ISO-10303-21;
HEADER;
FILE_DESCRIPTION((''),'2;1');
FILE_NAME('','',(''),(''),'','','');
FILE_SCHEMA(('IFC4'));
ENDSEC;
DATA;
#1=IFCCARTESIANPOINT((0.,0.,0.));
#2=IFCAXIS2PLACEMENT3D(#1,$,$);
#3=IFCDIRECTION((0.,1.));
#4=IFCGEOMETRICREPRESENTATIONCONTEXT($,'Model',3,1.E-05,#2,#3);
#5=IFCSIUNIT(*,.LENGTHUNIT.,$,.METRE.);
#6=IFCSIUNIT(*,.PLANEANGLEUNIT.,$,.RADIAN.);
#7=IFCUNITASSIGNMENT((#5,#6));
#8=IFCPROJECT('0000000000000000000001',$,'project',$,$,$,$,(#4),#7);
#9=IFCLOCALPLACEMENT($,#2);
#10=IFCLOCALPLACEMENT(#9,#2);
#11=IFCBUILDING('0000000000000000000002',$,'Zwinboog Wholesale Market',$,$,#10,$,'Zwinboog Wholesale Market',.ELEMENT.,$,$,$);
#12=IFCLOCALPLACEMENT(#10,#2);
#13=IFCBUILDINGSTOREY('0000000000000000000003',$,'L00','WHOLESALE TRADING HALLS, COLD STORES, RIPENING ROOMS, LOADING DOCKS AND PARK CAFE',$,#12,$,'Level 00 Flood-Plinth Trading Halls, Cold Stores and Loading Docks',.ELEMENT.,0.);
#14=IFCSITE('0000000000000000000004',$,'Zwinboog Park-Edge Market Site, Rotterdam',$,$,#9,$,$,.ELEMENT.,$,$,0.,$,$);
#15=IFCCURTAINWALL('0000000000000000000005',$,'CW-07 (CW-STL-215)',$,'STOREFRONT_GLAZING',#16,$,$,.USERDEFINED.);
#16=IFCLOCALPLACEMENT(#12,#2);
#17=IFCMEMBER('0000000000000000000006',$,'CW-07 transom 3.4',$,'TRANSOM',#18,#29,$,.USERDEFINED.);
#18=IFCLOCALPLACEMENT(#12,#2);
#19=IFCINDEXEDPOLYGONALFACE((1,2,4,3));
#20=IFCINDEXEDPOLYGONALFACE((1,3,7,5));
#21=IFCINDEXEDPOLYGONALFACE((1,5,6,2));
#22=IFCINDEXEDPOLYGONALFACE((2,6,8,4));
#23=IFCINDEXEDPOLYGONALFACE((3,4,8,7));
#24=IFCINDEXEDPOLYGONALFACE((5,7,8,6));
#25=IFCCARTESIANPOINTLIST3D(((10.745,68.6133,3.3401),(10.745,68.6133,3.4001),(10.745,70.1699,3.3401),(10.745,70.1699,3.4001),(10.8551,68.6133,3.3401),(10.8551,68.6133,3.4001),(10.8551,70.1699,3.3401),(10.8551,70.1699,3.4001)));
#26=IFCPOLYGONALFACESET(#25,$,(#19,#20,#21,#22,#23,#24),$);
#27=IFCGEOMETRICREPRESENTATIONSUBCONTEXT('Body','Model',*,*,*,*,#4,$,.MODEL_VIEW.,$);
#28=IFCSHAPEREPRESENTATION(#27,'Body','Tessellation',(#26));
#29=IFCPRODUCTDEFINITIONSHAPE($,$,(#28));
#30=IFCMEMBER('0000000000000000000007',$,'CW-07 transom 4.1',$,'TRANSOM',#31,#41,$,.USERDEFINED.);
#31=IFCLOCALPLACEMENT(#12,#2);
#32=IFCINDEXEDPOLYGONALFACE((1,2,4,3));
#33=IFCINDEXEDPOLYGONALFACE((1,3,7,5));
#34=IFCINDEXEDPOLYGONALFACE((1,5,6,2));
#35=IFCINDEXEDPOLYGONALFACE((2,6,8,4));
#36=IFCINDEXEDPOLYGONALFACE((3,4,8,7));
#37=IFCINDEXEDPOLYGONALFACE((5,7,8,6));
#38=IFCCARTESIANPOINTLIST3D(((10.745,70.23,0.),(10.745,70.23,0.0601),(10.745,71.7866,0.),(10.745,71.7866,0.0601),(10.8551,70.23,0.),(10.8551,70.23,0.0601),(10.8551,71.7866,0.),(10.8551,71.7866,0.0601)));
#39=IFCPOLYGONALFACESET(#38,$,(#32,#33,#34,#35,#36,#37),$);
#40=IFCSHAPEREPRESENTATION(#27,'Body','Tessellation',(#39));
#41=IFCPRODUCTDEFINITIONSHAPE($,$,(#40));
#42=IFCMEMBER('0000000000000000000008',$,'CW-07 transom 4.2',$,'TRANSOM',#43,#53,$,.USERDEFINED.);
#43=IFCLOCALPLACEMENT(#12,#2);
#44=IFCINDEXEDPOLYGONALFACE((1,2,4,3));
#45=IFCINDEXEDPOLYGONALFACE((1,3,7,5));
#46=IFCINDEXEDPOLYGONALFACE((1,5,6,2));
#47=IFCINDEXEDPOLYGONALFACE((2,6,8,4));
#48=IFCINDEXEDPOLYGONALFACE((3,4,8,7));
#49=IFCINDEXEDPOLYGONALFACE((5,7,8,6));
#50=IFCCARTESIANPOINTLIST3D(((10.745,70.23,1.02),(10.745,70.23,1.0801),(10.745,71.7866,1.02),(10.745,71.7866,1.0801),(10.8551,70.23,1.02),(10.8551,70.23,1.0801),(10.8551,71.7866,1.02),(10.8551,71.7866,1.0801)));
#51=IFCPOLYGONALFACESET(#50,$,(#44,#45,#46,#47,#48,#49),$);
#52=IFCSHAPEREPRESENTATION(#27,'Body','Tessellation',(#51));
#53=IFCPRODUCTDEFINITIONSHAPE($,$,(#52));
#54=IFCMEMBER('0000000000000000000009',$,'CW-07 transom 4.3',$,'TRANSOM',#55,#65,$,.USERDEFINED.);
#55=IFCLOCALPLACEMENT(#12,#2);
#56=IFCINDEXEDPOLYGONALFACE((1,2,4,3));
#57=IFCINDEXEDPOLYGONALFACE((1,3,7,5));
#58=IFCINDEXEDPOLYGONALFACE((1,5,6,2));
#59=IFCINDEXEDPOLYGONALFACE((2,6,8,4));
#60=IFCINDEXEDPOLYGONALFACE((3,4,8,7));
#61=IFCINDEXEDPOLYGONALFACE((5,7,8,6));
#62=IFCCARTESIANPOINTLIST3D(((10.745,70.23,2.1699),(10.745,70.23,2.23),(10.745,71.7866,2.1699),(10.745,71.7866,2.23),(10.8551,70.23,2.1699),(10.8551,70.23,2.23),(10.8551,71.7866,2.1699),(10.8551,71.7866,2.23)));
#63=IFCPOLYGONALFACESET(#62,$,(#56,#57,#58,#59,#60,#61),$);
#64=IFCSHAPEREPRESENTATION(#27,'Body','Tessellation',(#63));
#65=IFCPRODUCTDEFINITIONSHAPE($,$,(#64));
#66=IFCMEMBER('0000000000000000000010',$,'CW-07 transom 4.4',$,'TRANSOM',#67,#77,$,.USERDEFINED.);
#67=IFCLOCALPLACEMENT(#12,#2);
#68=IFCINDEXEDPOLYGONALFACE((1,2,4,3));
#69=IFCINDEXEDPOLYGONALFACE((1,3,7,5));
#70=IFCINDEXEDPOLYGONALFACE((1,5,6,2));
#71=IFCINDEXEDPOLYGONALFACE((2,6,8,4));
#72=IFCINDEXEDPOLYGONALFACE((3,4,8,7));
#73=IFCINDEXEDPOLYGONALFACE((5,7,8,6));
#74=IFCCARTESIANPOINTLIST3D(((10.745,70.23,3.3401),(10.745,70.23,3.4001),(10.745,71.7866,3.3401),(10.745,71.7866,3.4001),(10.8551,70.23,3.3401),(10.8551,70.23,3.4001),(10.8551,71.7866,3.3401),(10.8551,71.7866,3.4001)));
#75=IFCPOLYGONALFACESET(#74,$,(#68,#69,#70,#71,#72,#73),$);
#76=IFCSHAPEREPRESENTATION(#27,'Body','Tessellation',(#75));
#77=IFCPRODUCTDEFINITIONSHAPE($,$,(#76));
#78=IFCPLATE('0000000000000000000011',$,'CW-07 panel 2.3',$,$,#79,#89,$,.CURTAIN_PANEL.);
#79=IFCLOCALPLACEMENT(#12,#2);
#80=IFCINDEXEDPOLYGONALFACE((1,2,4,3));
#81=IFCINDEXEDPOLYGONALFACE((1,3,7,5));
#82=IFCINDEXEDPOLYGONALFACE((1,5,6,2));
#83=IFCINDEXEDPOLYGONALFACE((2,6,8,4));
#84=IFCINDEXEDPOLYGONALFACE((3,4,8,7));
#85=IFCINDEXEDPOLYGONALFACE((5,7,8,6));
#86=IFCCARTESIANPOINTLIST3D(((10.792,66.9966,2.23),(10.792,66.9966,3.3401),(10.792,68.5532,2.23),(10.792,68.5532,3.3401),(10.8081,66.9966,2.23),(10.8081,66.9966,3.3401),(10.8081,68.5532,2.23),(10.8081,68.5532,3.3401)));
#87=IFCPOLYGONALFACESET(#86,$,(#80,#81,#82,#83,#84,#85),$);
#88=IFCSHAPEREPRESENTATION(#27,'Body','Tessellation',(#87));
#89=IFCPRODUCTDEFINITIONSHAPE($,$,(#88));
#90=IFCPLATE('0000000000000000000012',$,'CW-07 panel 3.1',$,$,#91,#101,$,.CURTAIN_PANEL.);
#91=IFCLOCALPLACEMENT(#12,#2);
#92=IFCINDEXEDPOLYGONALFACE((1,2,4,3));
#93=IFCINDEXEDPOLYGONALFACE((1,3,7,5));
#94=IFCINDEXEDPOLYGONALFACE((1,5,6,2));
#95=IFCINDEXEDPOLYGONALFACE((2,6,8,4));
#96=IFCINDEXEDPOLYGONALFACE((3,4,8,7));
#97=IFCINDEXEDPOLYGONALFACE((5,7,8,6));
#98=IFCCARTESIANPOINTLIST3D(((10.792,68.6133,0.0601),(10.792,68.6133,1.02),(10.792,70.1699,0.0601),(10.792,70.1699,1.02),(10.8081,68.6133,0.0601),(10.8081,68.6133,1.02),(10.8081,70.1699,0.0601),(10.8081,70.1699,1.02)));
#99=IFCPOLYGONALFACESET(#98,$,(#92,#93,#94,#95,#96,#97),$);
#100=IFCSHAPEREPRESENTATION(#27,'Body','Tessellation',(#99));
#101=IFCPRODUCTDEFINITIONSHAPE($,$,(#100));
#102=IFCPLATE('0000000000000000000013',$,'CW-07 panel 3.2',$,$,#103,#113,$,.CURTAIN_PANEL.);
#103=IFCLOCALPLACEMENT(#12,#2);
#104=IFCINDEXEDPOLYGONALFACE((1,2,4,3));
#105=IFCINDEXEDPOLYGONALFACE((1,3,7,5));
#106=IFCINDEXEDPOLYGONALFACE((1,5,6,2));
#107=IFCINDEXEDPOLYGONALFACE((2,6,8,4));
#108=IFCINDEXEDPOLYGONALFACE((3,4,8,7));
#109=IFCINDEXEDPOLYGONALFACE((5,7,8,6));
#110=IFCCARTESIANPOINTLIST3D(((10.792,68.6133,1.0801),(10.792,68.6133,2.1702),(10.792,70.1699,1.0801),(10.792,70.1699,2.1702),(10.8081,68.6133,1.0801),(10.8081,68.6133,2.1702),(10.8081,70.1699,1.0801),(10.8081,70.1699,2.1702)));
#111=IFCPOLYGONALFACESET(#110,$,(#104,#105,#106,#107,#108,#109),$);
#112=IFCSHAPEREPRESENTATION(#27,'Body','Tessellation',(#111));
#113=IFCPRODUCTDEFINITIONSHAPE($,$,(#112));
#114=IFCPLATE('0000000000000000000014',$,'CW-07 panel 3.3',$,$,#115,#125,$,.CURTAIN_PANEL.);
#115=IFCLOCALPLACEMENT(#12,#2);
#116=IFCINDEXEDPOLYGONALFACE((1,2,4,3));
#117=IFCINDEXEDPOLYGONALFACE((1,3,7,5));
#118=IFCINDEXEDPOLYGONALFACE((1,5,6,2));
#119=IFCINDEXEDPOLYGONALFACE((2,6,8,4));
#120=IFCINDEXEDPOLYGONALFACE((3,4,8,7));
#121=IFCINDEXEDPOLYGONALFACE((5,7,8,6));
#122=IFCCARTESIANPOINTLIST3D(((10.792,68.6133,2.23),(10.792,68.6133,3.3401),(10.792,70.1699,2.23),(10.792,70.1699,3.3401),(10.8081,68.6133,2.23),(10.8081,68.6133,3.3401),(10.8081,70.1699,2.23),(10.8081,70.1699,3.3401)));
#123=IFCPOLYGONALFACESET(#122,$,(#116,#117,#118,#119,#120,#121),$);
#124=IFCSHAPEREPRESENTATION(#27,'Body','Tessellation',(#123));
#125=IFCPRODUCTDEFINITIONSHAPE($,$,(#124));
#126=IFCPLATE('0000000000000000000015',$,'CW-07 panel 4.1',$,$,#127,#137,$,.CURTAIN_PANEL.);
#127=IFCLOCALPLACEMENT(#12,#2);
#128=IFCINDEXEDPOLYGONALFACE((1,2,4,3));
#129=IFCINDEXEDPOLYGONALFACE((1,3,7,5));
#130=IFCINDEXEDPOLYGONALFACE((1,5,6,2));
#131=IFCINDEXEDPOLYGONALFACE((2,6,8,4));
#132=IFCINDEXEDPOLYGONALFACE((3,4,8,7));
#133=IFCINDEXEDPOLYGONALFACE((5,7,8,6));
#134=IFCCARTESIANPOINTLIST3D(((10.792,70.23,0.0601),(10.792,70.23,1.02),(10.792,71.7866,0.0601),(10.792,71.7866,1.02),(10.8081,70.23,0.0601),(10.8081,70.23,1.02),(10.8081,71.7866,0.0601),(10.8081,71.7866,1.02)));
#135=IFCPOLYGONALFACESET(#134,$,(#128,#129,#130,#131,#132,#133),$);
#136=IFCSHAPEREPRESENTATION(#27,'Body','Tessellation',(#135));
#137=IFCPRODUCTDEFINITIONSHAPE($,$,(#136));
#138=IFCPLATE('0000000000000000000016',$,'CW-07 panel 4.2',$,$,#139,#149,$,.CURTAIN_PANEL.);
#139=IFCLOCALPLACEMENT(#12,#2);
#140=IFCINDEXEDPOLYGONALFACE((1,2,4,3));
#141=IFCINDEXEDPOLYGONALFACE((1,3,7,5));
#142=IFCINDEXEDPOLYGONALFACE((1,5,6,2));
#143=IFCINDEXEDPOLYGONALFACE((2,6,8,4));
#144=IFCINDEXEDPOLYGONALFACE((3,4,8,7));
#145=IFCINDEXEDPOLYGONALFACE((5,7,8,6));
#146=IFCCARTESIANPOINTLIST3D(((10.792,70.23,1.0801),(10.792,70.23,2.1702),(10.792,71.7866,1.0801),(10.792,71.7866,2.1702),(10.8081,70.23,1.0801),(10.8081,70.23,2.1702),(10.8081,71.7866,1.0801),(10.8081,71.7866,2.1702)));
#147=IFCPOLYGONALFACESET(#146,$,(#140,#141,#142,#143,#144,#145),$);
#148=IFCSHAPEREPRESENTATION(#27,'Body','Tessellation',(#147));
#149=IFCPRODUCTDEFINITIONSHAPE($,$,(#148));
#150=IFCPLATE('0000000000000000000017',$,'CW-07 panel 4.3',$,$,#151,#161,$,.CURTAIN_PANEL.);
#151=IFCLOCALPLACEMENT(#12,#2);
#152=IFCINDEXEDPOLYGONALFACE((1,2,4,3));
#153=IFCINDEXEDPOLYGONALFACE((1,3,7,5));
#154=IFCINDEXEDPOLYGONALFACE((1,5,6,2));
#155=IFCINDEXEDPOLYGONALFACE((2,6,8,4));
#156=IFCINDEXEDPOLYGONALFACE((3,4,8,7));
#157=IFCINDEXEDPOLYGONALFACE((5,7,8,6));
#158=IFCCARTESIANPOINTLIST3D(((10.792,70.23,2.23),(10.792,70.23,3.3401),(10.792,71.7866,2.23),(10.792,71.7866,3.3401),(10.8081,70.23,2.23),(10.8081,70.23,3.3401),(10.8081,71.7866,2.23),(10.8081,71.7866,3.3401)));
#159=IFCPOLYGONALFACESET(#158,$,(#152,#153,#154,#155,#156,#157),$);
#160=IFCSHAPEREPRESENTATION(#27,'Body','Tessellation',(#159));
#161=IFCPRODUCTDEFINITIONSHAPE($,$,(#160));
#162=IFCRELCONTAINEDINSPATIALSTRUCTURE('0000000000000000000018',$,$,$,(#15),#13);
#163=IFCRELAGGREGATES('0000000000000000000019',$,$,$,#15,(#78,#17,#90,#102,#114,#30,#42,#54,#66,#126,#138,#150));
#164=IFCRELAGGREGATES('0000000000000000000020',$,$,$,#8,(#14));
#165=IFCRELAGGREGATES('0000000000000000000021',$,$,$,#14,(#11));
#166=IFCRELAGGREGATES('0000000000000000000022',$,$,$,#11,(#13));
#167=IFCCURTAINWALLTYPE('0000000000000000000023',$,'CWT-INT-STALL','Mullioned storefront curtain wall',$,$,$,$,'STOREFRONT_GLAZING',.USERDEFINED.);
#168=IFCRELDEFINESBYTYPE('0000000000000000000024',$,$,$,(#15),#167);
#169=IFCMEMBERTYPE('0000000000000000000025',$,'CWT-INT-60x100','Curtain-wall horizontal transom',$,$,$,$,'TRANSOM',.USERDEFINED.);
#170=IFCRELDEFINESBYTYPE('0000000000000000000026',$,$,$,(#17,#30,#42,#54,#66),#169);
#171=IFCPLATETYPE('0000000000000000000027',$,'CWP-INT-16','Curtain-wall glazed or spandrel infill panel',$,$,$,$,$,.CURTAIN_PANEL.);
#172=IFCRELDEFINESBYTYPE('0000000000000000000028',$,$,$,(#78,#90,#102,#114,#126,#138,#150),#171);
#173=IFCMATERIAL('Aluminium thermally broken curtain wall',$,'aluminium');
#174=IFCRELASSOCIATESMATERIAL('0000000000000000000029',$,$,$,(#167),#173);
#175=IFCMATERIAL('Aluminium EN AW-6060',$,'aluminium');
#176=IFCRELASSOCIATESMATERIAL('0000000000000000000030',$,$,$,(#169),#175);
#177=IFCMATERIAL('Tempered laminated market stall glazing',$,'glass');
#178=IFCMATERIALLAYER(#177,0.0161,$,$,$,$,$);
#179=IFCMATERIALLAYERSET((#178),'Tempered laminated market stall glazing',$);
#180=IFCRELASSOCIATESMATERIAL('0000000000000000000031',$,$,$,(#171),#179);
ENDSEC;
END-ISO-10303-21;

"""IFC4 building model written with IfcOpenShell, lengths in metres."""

from ifc_helpers import new_model, si_unit, direction, frame, origin, origin_2d, place, context, subcontext, project, spatial, rectangle, extrude, material, layer, layer_set, material_profile, profile_set, type_object, element, aggregate, save


model = new_model("IFC4")

# Units and contexts
model_context = context("Model", 3, precision=1e-05, world=origin(), true_north=direction((0.0, 1.0)))
body_context = subcontext(model_context, "Body", "Model", "MODEL_VIEW")
ifc_project = project(units=[si_unit("LENGTHUNIT", "METRE"), si_unit("PLANEANGLEUNIT", "RADIAN")], contexts=[model_context])

# Site, building, storey
site_placement = place(None, origin())
site = spatial("IfcSite", under=ifc_project, at=site_placement, Name="Zwinboog Park-Edge Market Site, Rotterdam", CompositionType="ELEMENT", RefElevation=0.0)
building_placement = place(site_placement, origin())
building = spatial("IfcBuilding", under=site, at=building_placement, Name="Zwinboog Wholesale Market", LongName="Zwinboog Wholesale Market", CompositionType="ELEMENT")
storey_placement = place(building_placement, origin())
storey = spatial("IfcBuildingStorey", under=building, at=storey_placement, Name="L00", Description="WHOLESALE TRADING HALLS, COLD STORES, RIPENING ROOMS, LOADING DOCKS AND PARK CAFE", LongName="Level 00 Flood-Plinth Trading Halls, Cold Stores and Loading Docks", CompositionType="ELEMENT", Elevation=0.0)

# Curtain wall, members, plates
ifc_material_1 = material(Name="Aluminium thermally broken curtain wall", Category="aluminium")
curtain_wall_type = type_object("IfcCurtainWallType", Name="CWT-INT-STALL", Description="Mullioned storefront curtain wall", ElementType="STOREFRONT_GLAZING", PredefinedType="USERDEFINED", material=ifc_material_1)
curtain_wall_placement = place(storey_placement, origin())
curtain_wall = element("IfcCurtainWall", 1, at=curtain_wall_placement, inside=storey, type_object=curtain_wall_type, Name="CW-07 (CW-STL-215)", ObjectType="STOREFRONT_GLAZING", PredefinedType="USERDEFINED")
ifc_material_2 = material(Name="Aluminium EN AW-6060", Category="aluminium")
ifc_material_profile_1 = material_profile(ifc_material_2, rectangle(XDim=0.1101, YDim=0.0601, at=origin_2d()), Name="AL 60x110")
ifc_profile_set_1 = profile_set([ifc_material_profile_1], Name="Aluminium EN AW-6060")
member_type_1 = type_object("IfcMemberType", Name="CWT-INT-60x100", Description="Curtain-wall horizontal transom", ElementType="TRANSOM", PredefinedType="USERDEFINED", material=ifc_profile_set_1)
member_1_placement = place(storey_placement, frame((10.8, 68.6133, 3.3701), z_axis=(0.0, 1.0, 0.0), x_axis=(-1.0, 0.0, 0.0)))
member_1 = element("IfcMember", 2, at=member_1_placement, type_object=member_type_1, Name="CW-07 transom 3.4", ObjectType="TRANSOM", PredefinedType="USERDEFINED", context=body_context, shape_type="SweptSolid", body=[
    extrude(rectangle(XDim=0.1101, YDim=0.0601, at=origin_2d()), origin(), (0.0, 0.0, 1.0), 1.5566),
])
member_2_placement = place(storey_placement, frame((10.8, 70.23, 0.03), z_axis=(0.0, 1.0, 0.0), x_axis=(-1.0, 0.0, 0.0)))
member_2 = element("IfcMember", 3, at=member_2_placement, type_object=member_type_1, Name="CW-07 transom 4.1", ObjectType="TRANSOM", PredefinedType="USERDEFINED", context=body_context, shape_type="SweptSolid", body=[
    extrude(rectangle(XDim=0.1101, YDim=0.0601, at=origin_2d()), origin(), (0.0, 0.0, 1.0), 1.5566),
])
member_3_placement = place(storey_placement, frame((10.8, 70.23, 1.05), z_axis=(0.0, 1.0, 0.0), x_axis=(-1.0, 0.0, 0.0)))
member_3 = element("IfcMember", 4, at=member_3_placement, type_object=member_type_1, Name="CW-07 transom 4.2", ObjectType="TRANSOM", PredefinedType="USERDEFINED", context=body_context, shape_type="SweptSolid", body=[
    extrude(rectangle(XDim=0.1101, YDim=0.0601, at=origin_2d()), origin(), (0.0, 0.0, 1.0), 1.5566),
])
member_4_placement = place(storey_placement, frame((10.8, 70.23, 2.2), z_axis=(0.0, 1.0, 0.0), x_axis=(-1.0, 0.0, 0.0)))
member_4 = element("IfcMember", 5, at=member_4_placement, type_object=member_type_1, Name="CW-07 transom 4.3", ObjectType="TRANSOM", PredefinedType="USERDEFINED", context=body_context, shape_type="SweptSolid", body=[
    extrude(rectangle(XDim=0.1101, YDim=0.0601, at=origin_2d()), origin(), (0.0, 0.0, 1.0), 1.5566),
])
member_5_placement = place(storey_placement, frame((10.8, 70.23, 3.3701), z_axis=(0.0, 1.0, 0.0), x_axis=(-1.0, 0.0, 0.0)))
member_5 = element("IfcMember", 6, at=member_5_placement, type_object=member_type_1, Name="CW-07 transom 4.4", ObjectType="TRANSOM", PredefinedType="USERDEFINED", context=body_context, shape_type="SweptSolid", body=[
    extrude(rectangle(XDim=0.1101, YDim=0.0601, at=origin_2d()), origin(), (0.0, 0.0, 1.0), 1.5566),
])
ifc_material_3 = material(Name="Tempered laminated market stall glazing", Category="glass")
ifc_layer = layer(ifc_material_3, 0.0161)
ifc_layer_set = layer_set([ifc_layer], Name="Tempered laminated market stall glazing")
plate_type = type_object("IfcPlateType", Name="CWP-INT-16", Description="Curtain-wall glazed or spandrel infill panel", PredefinedType="CURTAIN_PANEL", material=ifc_layer_set)
plate_1_placement = place(storey_placement, frame((10.8, 67.7749, 2.23), z_axis=(0.0, 0.0, 1.0), x_axis=(0.0, 1.0, 0.0)))
plate_1 = element("IfcPlate", 7, at=plate_1_placement, type_object=plate_type, Name="CW-07 panel 2.3", PredefinedType="CURTAIN_PANEL", context=body_context, shape_type="SweptSolid", body=[
    extrude(rectangle(XDim=1.5566, YDim=0.0161, at=origin_2d()), origin(), (0.0, 0.0, 1.0), 1.1101),
])
plate_2_placement = place(storey_placement, frame((10.8, 69.3916, 0.0601), z_axis=(0.0, 0.0, 1.0), x_axis=(0.0, 1.0, 0.0)))
plate_2 = element("IfcPlate", 8, at=plate_2_placement, type_object=plate_type, Name="CW-07 panel 3.1", PredefinedType="CURTAIN_PANEL", context=body_context, shape_type="SweptSolid", body=[
    extrude(rectangle(XDim=1.5566, YDim=0.0161, at=origin_2d()), origin(), (0.0, 0.0, 1.0), 0.96),
])
plate_3_placement = place(storey_placement, frame((10.8, 69.3916, 1.0801), z_axis=(0.0, 0.0, 1.0), x_axis=(0.0, 1.0, 0.0)))
plate_3 = element("IfcPlate", 9, at=plate_3_placement, type_object=plate_type, Name="CW-07 panel 3.2", PredefinedType="CURTAIN_PANEL", context=body_context, shape_type="SweptSolid", body=[
    extrude(rectangle(XDim=1.5566, YDim=0.0161, at=origin_2d()), origin(), (0.0, 0.0, 1.0), 1.0901),
])
plate_4_placement = place(storey_placement, frame((10.8, 69.3916, 2.23), z_axis=(0.0, 0.0, 1.0), x_axis=(0.0, 1.0, 0.0)))
plate_4 = element("IfcPlate", 10, at=plate_4_placement, type_object=plate_type, Name="CW-07 panel 3.3", PredefinedType="CURTAIN_PANEL", context=body_context, shape_type="SweptSolid", body=[
    extrude(rectangle(XDim=1.5566, YDim=0.0161, at=origin_2d()), origin(), (0.0, 0.0, 1.0), 1.1101),
])
plate_5_placement = place(storey_placement, frame((10.8, 71.0083, 0.0601), z_axis=(0.0, 0.0, 1.0), x_axis=(0.0, 1.0, 0.0)))
plate_5 = element("IfcPlate", 11, at=plate_5_placement, type_object=plate_type, Name="CW-07 panel 4.1", PredefinedType="CURTAIN_PANEL", context=body_context, shape_type="SweptSolid", body=[
    extrude(rectangle(XDim=1.5566, YDim=0.0161, at=origin_2d()), origin(), (0.0, 0.0, 1.0), 0.96),
])
plate_6_placement = place(storey_placement, frame((10.8, 71.0083, 1.0801), z_axis=(0.0, 0.0, 1.0), x_axis=(0.0, 1.0, 0.0)))
plate_6 = element("IfcPlate", 12, at=plate_6_placement, type_object=plate_type, Name="CW-07 panel 4.2", PredefinedType="CURTAIN_PANEL", context=body_context, shape_type="SweptSolid", body=[
    extrude(rectangle(XDim=1.5566, YDim=0.0161, at=origin_2d()), origin(), (0.0, 0.0, 1.0), 1.0901),
])
plate_7_placement = place(storey_placement, frame((10.8, 71.0083, 2.23), z_axis=(0.0, 0.0, 1.0), x_axis=(0.0, 1.0, 0.0)))
plate_7 = element("IfcPlate", 13, at=plate_7_placement, type_object=plate_type, Name="CW-07 panel 4.3", PredefinedType="CURTAIN_PANEL", context=body_context, shape_type="SweptSolid", body=[
    extrude(rectangle(XDim=1.5566, YDim=0.0161, at=origin_2d()), origin(), (0.0, 0.0, 1.0), 1.1101),
])
aggregate(curtain_wall, [plate_1, member_1, plate_2, plate_3, plate_4, member_2, member_3, member_4, member_5, plate_5, plate_6, plate_7])

save(model, "model.ifc")
